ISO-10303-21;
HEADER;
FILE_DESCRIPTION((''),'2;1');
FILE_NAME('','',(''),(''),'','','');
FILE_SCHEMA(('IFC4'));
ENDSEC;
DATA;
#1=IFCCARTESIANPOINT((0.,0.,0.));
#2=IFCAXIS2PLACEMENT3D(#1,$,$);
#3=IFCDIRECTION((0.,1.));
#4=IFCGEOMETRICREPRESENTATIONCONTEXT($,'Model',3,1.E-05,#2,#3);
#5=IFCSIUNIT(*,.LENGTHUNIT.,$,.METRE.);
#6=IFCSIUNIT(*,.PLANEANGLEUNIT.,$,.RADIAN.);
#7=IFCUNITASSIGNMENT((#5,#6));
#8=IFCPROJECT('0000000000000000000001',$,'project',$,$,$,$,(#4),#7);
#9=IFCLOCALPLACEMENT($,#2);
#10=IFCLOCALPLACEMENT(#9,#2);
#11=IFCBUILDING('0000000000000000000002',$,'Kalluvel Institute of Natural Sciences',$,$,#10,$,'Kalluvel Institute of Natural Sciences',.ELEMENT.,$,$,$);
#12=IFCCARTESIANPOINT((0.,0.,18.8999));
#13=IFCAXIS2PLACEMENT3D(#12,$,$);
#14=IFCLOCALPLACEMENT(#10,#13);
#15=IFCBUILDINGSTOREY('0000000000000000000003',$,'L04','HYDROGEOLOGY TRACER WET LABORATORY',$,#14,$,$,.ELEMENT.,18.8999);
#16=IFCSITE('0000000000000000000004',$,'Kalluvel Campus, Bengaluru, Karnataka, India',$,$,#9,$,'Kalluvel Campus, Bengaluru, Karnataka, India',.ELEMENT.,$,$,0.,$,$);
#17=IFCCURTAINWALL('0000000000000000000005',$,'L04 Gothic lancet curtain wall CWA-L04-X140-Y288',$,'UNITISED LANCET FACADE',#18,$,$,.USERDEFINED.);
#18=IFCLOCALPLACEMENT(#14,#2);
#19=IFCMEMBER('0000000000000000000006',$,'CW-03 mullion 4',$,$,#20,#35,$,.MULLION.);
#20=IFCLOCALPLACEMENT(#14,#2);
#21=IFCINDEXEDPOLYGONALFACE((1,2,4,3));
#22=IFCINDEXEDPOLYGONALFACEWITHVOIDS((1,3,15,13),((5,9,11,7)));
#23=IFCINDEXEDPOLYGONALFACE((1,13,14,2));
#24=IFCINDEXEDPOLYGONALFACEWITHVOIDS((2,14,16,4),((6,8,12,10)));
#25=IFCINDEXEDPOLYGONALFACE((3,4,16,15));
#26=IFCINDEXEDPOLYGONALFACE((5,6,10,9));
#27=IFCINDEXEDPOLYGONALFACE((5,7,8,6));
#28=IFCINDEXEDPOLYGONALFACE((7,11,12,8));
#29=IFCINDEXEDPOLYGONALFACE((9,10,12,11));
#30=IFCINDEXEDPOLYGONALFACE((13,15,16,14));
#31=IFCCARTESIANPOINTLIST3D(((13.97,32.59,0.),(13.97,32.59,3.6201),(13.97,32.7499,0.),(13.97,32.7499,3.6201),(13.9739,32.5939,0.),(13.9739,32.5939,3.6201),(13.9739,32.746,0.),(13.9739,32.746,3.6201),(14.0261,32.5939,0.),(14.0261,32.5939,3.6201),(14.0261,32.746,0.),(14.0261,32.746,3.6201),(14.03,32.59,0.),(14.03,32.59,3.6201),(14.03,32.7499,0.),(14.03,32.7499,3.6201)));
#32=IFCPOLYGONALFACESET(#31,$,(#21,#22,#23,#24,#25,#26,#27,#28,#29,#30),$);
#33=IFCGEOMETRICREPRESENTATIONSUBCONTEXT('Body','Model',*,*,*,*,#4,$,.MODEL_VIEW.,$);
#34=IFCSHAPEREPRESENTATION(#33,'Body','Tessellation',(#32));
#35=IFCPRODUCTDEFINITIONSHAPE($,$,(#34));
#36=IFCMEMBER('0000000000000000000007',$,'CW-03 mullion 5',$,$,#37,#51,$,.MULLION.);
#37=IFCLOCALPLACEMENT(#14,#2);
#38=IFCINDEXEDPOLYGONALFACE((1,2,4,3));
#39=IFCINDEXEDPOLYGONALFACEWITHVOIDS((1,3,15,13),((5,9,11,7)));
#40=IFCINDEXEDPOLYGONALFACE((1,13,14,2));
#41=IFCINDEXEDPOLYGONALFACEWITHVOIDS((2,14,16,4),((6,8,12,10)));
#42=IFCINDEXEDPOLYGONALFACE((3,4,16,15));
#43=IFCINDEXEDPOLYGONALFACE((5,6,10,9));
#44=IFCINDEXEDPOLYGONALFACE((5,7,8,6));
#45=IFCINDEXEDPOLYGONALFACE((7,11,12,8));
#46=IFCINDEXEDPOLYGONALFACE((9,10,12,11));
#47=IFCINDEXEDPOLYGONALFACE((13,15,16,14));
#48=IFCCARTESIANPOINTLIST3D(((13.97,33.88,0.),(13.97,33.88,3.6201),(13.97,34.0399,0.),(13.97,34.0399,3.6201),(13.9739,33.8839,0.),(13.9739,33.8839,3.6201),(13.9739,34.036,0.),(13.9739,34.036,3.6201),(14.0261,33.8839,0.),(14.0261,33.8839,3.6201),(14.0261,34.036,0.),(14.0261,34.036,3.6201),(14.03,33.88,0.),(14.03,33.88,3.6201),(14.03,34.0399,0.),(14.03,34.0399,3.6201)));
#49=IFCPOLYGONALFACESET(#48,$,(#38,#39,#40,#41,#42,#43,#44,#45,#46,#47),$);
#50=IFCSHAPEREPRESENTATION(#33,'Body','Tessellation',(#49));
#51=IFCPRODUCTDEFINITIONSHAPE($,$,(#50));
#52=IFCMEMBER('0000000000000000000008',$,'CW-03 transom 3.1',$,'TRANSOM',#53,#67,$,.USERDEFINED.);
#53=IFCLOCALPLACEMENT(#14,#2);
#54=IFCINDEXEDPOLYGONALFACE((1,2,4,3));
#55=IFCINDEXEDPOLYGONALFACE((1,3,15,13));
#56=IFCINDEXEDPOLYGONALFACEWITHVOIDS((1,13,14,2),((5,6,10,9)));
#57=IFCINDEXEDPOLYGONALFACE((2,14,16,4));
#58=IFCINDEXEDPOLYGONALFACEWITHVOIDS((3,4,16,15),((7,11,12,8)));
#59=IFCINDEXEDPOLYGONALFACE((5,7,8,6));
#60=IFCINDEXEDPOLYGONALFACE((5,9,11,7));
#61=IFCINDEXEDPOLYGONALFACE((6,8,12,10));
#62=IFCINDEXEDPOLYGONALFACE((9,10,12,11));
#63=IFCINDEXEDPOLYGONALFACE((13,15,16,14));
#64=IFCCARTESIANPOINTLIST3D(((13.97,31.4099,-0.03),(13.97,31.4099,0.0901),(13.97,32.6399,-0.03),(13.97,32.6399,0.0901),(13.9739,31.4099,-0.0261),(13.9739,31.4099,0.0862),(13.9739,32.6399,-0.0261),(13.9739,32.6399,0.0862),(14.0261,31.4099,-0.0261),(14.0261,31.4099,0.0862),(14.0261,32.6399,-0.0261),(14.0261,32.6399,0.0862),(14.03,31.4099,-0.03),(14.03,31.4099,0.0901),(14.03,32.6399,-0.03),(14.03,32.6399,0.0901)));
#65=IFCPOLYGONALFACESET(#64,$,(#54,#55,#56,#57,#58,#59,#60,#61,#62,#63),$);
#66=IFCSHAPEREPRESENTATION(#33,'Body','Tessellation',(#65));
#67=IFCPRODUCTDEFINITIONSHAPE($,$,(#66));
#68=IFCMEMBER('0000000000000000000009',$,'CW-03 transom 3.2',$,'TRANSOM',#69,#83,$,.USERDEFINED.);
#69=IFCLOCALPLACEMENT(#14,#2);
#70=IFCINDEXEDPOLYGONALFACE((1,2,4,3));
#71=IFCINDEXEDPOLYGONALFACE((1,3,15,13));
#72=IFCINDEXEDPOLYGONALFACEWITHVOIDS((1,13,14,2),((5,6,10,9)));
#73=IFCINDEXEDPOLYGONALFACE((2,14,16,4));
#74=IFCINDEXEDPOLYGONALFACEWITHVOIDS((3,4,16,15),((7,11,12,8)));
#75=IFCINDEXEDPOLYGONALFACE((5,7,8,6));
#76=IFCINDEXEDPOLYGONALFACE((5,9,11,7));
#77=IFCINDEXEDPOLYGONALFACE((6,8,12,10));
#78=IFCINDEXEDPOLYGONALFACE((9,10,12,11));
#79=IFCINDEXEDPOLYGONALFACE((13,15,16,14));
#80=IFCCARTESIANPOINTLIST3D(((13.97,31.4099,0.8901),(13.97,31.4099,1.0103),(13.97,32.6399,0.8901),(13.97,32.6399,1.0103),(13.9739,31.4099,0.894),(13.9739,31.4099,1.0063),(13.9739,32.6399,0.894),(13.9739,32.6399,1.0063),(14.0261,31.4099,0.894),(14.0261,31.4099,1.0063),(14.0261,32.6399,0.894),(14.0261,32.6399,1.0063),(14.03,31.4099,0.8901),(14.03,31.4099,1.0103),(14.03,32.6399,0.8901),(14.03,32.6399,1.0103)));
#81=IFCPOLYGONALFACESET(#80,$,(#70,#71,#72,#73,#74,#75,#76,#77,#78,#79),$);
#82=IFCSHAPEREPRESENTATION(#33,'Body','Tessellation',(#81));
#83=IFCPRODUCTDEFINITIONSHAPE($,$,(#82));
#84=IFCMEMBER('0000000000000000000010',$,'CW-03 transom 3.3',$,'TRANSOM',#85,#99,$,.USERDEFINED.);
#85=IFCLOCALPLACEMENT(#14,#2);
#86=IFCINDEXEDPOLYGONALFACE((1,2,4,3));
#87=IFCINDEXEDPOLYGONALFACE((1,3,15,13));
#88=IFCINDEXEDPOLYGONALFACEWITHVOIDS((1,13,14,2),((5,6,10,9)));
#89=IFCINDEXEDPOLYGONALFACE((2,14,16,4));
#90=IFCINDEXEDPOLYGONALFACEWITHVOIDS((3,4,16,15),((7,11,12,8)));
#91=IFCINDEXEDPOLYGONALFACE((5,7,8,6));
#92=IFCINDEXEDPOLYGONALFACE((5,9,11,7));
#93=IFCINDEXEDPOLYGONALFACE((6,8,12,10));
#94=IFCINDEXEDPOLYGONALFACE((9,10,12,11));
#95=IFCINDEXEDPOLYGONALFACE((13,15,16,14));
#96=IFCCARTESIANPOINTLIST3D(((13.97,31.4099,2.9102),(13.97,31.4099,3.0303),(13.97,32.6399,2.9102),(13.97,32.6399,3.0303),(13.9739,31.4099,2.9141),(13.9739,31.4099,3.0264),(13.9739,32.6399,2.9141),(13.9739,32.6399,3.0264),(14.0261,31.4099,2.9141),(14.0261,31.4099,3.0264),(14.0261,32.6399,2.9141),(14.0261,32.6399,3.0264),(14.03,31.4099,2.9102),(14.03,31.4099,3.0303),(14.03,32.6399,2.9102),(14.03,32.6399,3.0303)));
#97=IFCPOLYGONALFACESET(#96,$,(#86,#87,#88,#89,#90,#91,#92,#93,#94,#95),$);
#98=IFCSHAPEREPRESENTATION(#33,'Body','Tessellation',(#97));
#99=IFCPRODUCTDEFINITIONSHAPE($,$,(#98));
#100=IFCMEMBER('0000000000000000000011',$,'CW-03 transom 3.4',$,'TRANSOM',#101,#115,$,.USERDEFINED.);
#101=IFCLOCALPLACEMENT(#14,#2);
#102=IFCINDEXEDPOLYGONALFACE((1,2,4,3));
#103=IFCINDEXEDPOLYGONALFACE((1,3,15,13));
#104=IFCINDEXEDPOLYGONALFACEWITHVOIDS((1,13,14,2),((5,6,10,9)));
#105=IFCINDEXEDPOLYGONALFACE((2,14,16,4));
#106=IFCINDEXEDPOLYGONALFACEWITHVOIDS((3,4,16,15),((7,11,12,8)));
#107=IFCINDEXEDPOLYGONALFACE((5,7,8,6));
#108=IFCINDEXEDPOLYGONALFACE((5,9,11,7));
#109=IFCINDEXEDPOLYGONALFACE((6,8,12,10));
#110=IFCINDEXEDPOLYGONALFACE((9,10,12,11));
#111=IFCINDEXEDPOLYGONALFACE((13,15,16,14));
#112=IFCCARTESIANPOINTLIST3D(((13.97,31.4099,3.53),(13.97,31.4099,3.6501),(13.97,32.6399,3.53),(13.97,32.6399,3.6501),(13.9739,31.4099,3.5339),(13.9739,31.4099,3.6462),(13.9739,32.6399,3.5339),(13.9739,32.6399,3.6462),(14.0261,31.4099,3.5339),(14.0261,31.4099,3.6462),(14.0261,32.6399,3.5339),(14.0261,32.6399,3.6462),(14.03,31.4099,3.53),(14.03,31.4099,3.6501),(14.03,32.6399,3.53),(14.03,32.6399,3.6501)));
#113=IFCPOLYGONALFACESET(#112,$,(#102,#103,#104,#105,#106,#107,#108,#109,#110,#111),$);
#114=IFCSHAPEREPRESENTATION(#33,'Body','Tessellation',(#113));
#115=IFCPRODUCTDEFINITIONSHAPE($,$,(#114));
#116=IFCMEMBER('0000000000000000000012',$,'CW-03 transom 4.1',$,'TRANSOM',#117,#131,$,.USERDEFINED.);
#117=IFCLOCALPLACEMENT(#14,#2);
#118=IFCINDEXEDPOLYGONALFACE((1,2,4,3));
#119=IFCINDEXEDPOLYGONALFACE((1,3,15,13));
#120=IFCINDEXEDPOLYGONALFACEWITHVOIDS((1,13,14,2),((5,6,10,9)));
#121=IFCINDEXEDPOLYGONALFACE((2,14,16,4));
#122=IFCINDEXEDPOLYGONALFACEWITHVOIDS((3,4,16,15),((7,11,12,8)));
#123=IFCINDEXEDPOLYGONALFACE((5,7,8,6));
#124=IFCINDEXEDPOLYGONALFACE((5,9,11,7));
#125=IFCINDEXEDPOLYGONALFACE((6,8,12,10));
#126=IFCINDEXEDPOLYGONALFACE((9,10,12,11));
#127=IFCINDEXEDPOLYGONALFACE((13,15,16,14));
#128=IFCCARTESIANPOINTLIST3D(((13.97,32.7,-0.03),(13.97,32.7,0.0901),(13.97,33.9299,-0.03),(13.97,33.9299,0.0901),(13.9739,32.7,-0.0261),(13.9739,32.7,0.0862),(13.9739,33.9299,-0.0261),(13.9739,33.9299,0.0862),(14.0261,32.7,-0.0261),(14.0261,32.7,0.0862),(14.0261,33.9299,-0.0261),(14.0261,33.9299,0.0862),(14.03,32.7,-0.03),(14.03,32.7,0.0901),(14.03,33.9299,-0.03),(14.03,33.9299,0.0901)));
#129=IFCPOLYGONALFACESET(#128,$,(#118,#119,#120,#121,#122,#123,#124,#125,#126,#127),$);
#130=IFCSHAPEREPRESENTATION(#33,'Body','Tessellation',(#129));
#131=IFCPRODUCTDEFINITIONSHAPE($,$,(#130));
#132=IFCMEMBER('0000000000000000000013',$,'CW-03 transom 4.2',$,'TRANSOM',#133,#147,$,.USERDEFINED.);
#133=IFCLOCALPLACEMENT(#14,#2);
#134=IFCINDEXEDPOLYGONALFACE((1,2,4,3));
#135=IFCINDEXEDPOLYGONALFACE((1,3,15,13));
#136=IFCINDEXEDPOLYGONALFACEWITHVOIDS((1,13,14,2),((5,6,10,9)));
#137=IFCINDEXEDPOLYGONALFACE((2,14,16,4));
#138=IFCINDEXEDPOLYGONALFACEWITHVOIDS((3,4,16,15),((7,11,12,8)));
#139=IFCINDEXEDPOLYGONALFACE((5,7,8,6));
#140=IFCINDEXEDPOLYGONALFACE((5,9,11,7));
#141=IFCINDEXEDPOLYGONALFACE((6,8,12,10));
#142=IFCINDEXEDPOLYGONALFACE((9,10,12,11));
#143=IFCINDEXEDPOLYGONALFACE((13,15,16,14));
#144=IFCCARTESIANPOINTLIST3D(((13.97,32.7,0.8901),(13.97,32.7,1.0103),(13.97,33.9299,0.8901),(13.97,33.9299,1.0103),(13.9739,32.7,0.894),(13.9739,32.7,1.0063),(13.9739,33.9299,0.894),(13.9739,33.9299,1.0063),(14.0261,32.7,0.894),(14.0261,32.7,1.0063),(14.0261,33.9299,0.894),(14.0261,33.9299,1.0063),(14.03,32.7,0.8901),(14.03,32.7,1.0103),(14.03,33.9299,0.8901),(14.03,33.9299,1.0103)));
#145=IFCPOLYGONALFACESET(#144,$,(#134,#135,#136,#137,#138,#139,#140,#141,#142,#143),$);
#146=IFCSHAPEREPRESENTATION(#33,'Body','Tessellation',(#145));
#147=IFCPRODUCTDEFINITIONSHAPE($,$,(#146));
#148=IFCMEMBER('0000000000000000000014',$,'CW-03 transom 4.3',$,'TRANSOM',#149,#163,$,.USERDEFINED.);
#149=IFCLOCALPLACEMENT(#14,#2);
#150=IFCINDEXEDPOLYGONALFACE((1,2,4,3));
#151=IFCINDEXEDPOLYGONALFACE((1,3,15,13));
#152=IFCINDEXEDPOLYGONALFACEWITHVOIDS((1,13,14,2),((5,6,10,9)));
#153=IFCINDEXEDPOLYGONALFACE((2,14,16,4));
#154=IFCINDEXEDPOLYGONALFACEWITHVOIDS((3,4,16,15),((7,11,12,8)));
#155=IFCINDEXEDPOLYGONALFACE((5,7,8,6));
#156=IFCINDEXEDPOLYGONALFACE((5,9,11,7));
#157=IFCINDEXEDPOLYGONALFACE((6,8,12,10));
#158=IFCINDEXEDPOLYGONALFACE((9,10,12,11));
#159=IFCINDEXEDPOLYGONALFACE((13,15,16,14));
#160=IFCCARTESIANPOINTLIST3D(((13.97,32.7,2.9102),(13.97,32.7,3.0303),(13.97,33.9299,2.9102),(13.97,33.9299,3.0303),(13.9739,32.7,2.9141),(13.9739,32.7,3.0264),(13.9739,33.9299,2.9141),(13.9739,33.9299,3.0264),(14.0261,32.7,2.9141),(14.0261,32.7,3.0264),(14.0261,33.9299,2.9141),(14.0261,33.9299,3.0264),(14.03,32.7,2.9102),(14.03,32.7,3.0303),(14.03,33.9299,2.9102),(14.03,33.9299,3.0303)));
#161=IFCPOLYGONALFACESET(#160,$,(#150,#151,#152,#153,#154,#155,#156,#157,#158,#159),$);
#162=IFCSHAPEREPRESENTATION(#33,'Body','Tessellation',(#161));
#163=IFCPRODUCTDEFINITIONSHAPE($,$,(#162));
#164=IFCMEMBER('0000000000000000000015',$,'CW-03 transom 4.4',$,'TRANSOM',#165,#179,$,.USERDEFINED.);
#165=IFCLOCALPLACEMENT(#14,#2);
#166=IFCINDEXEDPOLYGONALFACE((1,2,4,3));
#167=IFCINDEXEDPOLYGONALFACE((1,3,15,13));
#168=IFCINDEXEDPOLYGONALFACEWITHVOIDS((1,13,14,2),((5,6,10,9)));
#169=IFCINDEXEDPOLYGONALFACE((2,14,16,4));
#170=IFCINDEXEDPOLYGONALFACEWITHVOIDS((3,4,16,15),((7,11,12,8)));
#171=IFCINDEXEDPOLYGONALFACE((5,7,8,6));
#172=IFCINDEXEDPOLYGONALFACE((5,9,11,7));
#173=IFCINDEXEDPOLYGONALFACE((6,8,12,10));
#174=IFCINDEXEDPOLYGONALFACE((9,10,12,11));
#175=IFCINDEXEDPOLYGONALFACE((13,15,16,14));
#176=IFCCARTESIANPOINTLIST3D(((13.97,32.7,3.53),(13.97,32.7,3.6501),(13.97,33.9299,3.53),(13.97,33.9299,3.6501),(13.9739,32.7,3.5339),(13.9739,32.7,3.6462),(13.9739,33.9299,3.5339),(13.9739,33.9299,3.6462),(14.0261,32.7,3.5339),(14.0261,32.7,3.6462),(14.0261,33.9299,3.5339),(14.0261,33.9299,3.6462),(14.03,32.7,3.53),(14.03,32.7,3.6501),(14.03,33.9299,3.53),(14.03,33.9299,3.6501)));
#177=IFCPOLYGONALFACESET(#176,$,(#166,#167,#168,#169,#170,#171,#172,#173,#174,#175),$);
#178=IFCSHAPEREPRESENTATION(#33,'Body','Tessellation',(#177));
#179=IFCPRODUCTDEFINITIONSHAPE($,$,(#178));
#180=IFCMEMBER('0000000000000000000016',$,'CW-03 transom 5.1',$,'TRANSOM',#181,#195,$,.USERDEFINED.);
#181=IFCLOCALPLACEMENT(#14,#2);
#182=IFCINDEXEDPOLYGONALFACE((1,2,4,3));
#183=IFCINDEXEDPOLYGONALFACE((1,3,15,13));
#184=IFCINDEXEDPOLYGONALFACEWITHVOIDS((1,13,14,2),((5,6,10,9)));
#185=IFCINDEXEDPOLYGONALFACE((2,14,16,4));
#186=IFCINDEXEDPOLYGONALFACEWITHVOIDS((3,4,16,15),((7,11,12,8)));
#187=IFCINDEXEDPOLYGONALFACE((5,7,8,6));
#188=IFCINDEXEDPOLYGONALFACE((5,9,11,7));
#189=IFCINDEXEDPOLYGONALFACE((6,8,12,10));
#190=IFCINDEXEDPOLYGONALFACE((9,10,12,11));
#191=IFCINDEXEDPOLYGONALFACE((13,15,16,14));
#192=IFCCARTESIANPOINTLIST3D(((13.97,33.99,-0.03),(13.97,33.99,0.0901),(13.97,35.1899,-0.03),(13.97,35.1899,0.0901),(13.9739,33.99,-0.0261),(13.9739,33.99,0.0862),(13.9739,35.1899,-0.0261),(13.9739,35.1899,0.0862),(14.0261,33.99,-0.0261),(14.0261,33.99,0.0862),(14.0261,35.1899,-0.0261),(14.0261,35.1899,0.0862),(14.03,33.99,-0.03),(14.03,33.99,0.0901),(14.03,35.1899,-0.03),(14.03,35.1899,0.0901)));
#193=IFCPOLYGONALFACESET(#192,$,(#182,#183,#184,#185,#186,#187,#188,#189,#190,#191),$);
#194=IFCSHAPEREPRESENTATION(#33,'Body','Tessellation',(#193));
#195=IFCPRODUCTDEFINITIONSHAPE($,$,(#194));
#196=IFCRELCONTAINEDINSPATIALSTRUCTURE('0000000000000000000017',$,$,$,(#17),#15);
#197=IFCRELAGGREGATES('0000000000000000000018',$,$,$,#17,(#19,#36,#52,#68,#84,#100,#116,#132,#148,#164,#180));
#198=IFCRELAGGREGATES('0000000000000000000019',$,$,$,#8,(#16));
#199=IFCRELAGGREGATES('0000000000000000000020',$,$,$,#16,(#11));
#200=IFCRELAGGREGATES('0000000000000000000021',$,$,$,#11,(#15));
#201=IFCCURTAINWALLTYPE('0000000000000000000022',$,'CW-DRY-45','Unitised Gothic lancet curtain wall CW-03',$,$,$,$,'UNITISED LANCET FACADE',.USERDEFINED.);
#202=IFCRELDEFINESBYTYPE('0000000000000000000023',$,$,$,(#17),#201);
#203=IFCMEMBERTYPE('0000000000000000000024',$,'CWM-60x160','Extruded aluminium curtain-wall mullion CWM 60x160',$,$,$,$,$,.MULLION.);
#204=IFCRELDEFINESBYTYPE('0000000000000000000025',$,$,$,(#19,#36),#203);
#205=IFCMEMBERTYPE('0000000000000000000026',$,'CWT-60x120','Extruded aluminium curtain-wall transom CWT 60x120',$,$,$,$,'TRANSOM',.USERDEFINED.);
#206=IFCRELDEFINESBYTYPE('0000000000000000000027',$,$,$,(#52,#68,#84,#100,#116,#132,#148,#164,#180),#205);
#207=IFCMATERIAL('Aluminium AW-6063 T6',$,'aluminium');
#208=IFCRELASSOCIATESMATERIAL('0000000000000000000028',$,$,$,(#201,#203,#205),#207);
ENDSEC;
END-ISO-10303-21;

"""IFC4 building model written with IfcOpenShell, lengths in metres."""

from ifc_helpers import new_model, si_unit, direction, frame, origin, origin_2d, place, context, subcontext, project, spatial, hollow_rectangle, extrude, material, material_profile, profile_set, type_object, element, aggregate, save


model = new_model("IFC4")

# Units and contexts
model_context = context("Model", 3, precision=1e-05, world=origin(), true_north=direction((0.0, 1.0)))
body_context = subcontext(model_context, "Body", "Model", "MODEL_VIEW")
ifc_project = project(units=[si_unit("LENGTHUNIT", "METRE"), si_unit("PLANEANGLEUNIT", "RADIAN")], contexts=[model_context])

# Site, building, storey
site_placement = place(None, origin())
site = spatial("IfcSite", under=ifc_project, at=site_placement, Name="Kalluvel Campus, Bengaluru, Karnataka, India", LongName="Kalluvel Campus, Bengaluru, Karnataka, India", CompositionType="ELEMENT", RefElevation=0.0)
building_placement = place(site_placement, origin())
building = spatial("IfcBuilding", under=site, at=building_placement, Name="Kalluvel Institute of Natural Sciences", LongName="Kalluvel Institute of Natural Sciences", CompositionType="ELEMENT")
storey_placement = place(building_placement, frame((0.0, 0.0, 18.8999)))
storey = spatial("IfcBuildingStorey", under=building, at=storey_placement, Name="L04", Description="HYDROGEOLOGY TRACER WET LABORATORY", CompositionType="ELEMENT", Elevation=18.8999)

# Curtain wall, members
ifc_material_1 = material(Name="Aluminium AW-6063 T6", Category="aluminium")
curtain_wall_type = type_object("IfcCurtainWallType", Name="CW-DRY-45", Description="Unitised Gothic lancet curtain wall CW-03", ElementType="UNITISED LANCET FACADE", PredefinedType="USERDEFINED", material=ifc_material_1)
curtain_wall_placement = place(storey_placement, origin())
curtain_wall = element("IfcCurtainWall", 1, at=curtain_wall_placement, inside=storey, type_object=curtain_wall_type, Name="L04 Gothic lancet curtain wall CWA-L04-X140-Y288", ObjectType="UNITISED LANCET FACADE", PredefinedType="USERDEFINED")
ifc_material_profile_1 = material_profile(ifc_material_1, hollow_rectangle(XDim=0.0601, YDim=0.1599, WallThickness=0.0039, at=origin_2d()), Name="CWM 60x160")
ifc_profile_set_1 = profile_set([ifc_material_profile_1], Name="Aluminium AW-6063 T6")
member_type_1 = type_object("IfcMemberType", Name="CWM-60x160", Description="Extruded aluminium curtain-wall mullion CWM 60x160", PredefinedType="MULLION", material=ifc_profile_set_1)
member_1_placement = place(storey_placement, frame((14.0, 32.6699, 0.0), z_axis=(0.0, 0.0, 1.0), x_axis=(-1.0, 0.0, 0.0)))
member_1 = element("IfcMember", 2, at=member_1_placement, type_object=member_type_1, Name="CW-03 mullion 4", PredefinedType="MULLION", context=body_context, shape_type="SweptSolid", body=[
    extrude(hollow_rectangle(XDim=0.0601, YDim=0.1599, WallThickness=0.0039, at=origin_2d()), origin(), (0.0, 0.0, 1.0), 3.6201),
])
member_2_placement = place(storey_placement, frame((14.0, 33.96, 0.0), z_axis=(0.0, 0.0, 1.0), x_axis=(-1.0, 0.0, 0.0)))
member_2 = element("IfcMember", 3, at=member_2_placement, type_object=member_type_1, Name="CW-03 mullion 5", PredefinedType="MULLION", context=body_context, shape_type="SweptSolid", body=[
    extrude(hollow_rectangle(XDim=0.0601, YDim=0.1599, WallThickness=0.0039, at=origin_2d()), origin(), (0.0, 0.0, 1.0), 3.6201),
])
ifc_material_profile_2 = material_profile(ifc_material_1, hollow_rectangle(XDim=0.0601, YDim=0.1201, WallThickness=0.0039, at=origin_2d()), Name="CWT 60x120")
ifc_profile_set_2 = profile_set([ifc_material_profile_2], Name="Aluminium AW-6063 T6")
member_type_2 = type_object("IfcMemberType", Name="CWT-60x120", Description="Extruded aluminium curtain-wall transom CWT 60x120", ElementType="TRANSOM", PredefinedType="USERDEFINED", material=ifc_profile_set_2)
member_3_placement = place(storey_placement, frame((14.0, 31.4099, 0.03), z_axis=(0.0, 1.0, 0.0), x_axis=(-1.0, 0.0, 0.0)))
member_3 = element("IfcMember", 4, at=member_3_placement, type_object=member_type_2, Name="CW-03 transom 3.1", ObjectType="TRANSOM", PredefinedType="USERDEFINED", context=body_context, shape_type="SweptSolid", body=[
    extrude(hollow_rectangle(XDim=0.0601, YDim=0.1201, WallThickness=0.0039, at=origin_2d()), origin(), (0.0, 0.0, 1.0), 1.23),
])
member_4_placement = place(storey_placement, frame((14.0, 31.4099, 0.9502), z_axis=(0.0, 1.0, 0.0), x_axis=(-1.0, 0.0, 0.0)))
member_4 = element("IfcMember", 5, at=member_4_placement, type_object=member_type_2, Name="CW-03 transom 3.2", ObjectType="TRANSOM", PredefinedType="USERDEFINED", context=body_context, shape_type="SweptSolid", body=[
    extrude(hollow_rectangle(XDim=0.0601, YDim=0.1201, WallThickness=0.0039, at=origin_2d()), origin(), (0.0, 0.0, 1.0), 1.23),
])
member_5_placement = place(storey_placement, frame((14.0, 31.4099, 2.9702), z_axis=(0.0, 1.0, 0.0), x_axis=(-1.0, 0.0, 0.0)))
member_5 = element("IfcMember", 6, at=member_5_placement, type_object=member_type_2, Name="CW-03 transom 3.3", ObjectType="TRANSOM", PredefinedType="USERDEFINED", context=body_context, shape_type="SweptSolid", body=[
    extrude(hollow_rectangle(XDim=0.0601, YDim=0.1201, WallThickness=0.0039, at=origin_2d()), origin(), (0.0, 0.0, 1.0), 1.23),
])
member_6_placement = place(storey_placement, frame((14.0, 31.4099, 3.5901), z_axis=(0.0, 1.0, 0.0), x_axis=(-1.0, 0.0, 0.0)))
member_6 = element("IfcMember", 7, at=member_6_placement, type_object=member_type_2, Name="CW-03 transom 3.4", ObjectType="TRANSOM", PredefinedType="USERDEFINED", context=body_context, shape_type="SweptSolid", body=[
    extrude(hollow_rectangle(XDim=0.0601, YDim=0.1201, WallThickness=0.0039, at=origin_2d()), origin(), (0.0, 0.0, 1.0), 1.23),
])
member_7_placement = place(storey_placement, frame((14.0, 32.7, 0.03), z_axis=(0.0, 1.0, 0.0), x_axis=(-1.0, 0.0, 0.0)))
member_7 = element("IfcMember", 8, at=member_7_placement, type_object=member_type_2, Name="CW-03 transom 4.1", ObjectType="TRANSOM", PredefinedType="USERDEFINED", context=body_context, shape_type="SweptSolid", body=[
    extrude(hollow_rectangle(XDim=0.0601, YDim=0.1201, WallThickness=0.0039, at=origin_2d()), origin(), (0.0, 0.0, 1.0), 1.23),
])
member_8_placement = place(storey_placement, frame((14.0, 32.7, 0.9502), z_axis=(0.0, 1.0, 0.0), x_axis=(-1.0, 0.0, 0.0)))
member_8 = element("IfcMember", 9, at=member_8_placement, type_object=member_type_2, Name="CW-03 transom 4.2", ObjectType="TRANSOM", PredefinedType="USERDEFINED", context=body_context, shape_type="SweptSolid", body=[
    extrude(hollow_rectangle(XDim=0.0601, YDim=0.1201, WallThickness=0.0039, at=origin_2d()), origin(), (0.0, 0.0, 1.0), 1.23),
])
member_9_placement = place(storey_placement, frame((14.0, 32.7, 2.9702), z_axis=(0.0, 1.0, 0.0), x_axis=(-1.0, 0.0, 0.0)))
member_9 = element("IfcMember", 10, at=member_9_placement, type_object=member_type_2, Name="CW-03 transom 4.3", ObjectType="TRANSOM", PredefinedType="USERDEFINED", context=body_context, shape_type="SweptSolid", body=[
    extrude(hollow_rectangle(XDim=0.0601, YDim=0.1201, WallThickness=0.0039, at=origin_2d()), origin(), (0.0, 0.0, 1.0), 1.23),
])
member_10_placement = place(storey_placement, frame((14.0, 32.7, 3.5901), z_axis=(0.0, 1.0, 0.0), x_axis=(-1.0, 0.0, 0.0)))
member_10 = element("IfcMember", 11, at=member_10_placement, type_object=member_type_2, Name="CW-03 transom 4.4", ObjectType="TRANSOM", PredefinedType="USERDEFINED", context=body_context, shape_type="SweptSolid", body=[
    extrude(hollow_rectangle(XDim=0.0601, YDim=0.1201, WallThickness=0.0039, at=origin_2d()), origin(), (0.0, 0.0, 1.0), 1.23),
])
member_11_placement = place(storey_placement, frame((14.0, 33.99, 0.03), z_axis=(0.0, 1.0, 0.0), x_axis=(-1.0, 0.0, 0.0)))
member_11 = element("IfcMember", 12, at=member_11_placement, type_object=member_type_2, Name="CW-03 transom 5.1", ObjectType="TRANSOM", PredefinedType="USERDEFINED", context=body_context, shape_type="SweptSolid", body=[
    extrude(hollow_rectangle(XDim=0.0601, YDim=0.1201, WallThickness=0.0039, at=origin_2d()), origin(), (0.0, 0.0, 1.0), 1.2),
])
aggregate(curtain_wall, [member_1, member_2, member_3, member_4, member_5, member_6, member_7, member_8, member_9, member_10, member_11])

save(model, "model.ifc")
